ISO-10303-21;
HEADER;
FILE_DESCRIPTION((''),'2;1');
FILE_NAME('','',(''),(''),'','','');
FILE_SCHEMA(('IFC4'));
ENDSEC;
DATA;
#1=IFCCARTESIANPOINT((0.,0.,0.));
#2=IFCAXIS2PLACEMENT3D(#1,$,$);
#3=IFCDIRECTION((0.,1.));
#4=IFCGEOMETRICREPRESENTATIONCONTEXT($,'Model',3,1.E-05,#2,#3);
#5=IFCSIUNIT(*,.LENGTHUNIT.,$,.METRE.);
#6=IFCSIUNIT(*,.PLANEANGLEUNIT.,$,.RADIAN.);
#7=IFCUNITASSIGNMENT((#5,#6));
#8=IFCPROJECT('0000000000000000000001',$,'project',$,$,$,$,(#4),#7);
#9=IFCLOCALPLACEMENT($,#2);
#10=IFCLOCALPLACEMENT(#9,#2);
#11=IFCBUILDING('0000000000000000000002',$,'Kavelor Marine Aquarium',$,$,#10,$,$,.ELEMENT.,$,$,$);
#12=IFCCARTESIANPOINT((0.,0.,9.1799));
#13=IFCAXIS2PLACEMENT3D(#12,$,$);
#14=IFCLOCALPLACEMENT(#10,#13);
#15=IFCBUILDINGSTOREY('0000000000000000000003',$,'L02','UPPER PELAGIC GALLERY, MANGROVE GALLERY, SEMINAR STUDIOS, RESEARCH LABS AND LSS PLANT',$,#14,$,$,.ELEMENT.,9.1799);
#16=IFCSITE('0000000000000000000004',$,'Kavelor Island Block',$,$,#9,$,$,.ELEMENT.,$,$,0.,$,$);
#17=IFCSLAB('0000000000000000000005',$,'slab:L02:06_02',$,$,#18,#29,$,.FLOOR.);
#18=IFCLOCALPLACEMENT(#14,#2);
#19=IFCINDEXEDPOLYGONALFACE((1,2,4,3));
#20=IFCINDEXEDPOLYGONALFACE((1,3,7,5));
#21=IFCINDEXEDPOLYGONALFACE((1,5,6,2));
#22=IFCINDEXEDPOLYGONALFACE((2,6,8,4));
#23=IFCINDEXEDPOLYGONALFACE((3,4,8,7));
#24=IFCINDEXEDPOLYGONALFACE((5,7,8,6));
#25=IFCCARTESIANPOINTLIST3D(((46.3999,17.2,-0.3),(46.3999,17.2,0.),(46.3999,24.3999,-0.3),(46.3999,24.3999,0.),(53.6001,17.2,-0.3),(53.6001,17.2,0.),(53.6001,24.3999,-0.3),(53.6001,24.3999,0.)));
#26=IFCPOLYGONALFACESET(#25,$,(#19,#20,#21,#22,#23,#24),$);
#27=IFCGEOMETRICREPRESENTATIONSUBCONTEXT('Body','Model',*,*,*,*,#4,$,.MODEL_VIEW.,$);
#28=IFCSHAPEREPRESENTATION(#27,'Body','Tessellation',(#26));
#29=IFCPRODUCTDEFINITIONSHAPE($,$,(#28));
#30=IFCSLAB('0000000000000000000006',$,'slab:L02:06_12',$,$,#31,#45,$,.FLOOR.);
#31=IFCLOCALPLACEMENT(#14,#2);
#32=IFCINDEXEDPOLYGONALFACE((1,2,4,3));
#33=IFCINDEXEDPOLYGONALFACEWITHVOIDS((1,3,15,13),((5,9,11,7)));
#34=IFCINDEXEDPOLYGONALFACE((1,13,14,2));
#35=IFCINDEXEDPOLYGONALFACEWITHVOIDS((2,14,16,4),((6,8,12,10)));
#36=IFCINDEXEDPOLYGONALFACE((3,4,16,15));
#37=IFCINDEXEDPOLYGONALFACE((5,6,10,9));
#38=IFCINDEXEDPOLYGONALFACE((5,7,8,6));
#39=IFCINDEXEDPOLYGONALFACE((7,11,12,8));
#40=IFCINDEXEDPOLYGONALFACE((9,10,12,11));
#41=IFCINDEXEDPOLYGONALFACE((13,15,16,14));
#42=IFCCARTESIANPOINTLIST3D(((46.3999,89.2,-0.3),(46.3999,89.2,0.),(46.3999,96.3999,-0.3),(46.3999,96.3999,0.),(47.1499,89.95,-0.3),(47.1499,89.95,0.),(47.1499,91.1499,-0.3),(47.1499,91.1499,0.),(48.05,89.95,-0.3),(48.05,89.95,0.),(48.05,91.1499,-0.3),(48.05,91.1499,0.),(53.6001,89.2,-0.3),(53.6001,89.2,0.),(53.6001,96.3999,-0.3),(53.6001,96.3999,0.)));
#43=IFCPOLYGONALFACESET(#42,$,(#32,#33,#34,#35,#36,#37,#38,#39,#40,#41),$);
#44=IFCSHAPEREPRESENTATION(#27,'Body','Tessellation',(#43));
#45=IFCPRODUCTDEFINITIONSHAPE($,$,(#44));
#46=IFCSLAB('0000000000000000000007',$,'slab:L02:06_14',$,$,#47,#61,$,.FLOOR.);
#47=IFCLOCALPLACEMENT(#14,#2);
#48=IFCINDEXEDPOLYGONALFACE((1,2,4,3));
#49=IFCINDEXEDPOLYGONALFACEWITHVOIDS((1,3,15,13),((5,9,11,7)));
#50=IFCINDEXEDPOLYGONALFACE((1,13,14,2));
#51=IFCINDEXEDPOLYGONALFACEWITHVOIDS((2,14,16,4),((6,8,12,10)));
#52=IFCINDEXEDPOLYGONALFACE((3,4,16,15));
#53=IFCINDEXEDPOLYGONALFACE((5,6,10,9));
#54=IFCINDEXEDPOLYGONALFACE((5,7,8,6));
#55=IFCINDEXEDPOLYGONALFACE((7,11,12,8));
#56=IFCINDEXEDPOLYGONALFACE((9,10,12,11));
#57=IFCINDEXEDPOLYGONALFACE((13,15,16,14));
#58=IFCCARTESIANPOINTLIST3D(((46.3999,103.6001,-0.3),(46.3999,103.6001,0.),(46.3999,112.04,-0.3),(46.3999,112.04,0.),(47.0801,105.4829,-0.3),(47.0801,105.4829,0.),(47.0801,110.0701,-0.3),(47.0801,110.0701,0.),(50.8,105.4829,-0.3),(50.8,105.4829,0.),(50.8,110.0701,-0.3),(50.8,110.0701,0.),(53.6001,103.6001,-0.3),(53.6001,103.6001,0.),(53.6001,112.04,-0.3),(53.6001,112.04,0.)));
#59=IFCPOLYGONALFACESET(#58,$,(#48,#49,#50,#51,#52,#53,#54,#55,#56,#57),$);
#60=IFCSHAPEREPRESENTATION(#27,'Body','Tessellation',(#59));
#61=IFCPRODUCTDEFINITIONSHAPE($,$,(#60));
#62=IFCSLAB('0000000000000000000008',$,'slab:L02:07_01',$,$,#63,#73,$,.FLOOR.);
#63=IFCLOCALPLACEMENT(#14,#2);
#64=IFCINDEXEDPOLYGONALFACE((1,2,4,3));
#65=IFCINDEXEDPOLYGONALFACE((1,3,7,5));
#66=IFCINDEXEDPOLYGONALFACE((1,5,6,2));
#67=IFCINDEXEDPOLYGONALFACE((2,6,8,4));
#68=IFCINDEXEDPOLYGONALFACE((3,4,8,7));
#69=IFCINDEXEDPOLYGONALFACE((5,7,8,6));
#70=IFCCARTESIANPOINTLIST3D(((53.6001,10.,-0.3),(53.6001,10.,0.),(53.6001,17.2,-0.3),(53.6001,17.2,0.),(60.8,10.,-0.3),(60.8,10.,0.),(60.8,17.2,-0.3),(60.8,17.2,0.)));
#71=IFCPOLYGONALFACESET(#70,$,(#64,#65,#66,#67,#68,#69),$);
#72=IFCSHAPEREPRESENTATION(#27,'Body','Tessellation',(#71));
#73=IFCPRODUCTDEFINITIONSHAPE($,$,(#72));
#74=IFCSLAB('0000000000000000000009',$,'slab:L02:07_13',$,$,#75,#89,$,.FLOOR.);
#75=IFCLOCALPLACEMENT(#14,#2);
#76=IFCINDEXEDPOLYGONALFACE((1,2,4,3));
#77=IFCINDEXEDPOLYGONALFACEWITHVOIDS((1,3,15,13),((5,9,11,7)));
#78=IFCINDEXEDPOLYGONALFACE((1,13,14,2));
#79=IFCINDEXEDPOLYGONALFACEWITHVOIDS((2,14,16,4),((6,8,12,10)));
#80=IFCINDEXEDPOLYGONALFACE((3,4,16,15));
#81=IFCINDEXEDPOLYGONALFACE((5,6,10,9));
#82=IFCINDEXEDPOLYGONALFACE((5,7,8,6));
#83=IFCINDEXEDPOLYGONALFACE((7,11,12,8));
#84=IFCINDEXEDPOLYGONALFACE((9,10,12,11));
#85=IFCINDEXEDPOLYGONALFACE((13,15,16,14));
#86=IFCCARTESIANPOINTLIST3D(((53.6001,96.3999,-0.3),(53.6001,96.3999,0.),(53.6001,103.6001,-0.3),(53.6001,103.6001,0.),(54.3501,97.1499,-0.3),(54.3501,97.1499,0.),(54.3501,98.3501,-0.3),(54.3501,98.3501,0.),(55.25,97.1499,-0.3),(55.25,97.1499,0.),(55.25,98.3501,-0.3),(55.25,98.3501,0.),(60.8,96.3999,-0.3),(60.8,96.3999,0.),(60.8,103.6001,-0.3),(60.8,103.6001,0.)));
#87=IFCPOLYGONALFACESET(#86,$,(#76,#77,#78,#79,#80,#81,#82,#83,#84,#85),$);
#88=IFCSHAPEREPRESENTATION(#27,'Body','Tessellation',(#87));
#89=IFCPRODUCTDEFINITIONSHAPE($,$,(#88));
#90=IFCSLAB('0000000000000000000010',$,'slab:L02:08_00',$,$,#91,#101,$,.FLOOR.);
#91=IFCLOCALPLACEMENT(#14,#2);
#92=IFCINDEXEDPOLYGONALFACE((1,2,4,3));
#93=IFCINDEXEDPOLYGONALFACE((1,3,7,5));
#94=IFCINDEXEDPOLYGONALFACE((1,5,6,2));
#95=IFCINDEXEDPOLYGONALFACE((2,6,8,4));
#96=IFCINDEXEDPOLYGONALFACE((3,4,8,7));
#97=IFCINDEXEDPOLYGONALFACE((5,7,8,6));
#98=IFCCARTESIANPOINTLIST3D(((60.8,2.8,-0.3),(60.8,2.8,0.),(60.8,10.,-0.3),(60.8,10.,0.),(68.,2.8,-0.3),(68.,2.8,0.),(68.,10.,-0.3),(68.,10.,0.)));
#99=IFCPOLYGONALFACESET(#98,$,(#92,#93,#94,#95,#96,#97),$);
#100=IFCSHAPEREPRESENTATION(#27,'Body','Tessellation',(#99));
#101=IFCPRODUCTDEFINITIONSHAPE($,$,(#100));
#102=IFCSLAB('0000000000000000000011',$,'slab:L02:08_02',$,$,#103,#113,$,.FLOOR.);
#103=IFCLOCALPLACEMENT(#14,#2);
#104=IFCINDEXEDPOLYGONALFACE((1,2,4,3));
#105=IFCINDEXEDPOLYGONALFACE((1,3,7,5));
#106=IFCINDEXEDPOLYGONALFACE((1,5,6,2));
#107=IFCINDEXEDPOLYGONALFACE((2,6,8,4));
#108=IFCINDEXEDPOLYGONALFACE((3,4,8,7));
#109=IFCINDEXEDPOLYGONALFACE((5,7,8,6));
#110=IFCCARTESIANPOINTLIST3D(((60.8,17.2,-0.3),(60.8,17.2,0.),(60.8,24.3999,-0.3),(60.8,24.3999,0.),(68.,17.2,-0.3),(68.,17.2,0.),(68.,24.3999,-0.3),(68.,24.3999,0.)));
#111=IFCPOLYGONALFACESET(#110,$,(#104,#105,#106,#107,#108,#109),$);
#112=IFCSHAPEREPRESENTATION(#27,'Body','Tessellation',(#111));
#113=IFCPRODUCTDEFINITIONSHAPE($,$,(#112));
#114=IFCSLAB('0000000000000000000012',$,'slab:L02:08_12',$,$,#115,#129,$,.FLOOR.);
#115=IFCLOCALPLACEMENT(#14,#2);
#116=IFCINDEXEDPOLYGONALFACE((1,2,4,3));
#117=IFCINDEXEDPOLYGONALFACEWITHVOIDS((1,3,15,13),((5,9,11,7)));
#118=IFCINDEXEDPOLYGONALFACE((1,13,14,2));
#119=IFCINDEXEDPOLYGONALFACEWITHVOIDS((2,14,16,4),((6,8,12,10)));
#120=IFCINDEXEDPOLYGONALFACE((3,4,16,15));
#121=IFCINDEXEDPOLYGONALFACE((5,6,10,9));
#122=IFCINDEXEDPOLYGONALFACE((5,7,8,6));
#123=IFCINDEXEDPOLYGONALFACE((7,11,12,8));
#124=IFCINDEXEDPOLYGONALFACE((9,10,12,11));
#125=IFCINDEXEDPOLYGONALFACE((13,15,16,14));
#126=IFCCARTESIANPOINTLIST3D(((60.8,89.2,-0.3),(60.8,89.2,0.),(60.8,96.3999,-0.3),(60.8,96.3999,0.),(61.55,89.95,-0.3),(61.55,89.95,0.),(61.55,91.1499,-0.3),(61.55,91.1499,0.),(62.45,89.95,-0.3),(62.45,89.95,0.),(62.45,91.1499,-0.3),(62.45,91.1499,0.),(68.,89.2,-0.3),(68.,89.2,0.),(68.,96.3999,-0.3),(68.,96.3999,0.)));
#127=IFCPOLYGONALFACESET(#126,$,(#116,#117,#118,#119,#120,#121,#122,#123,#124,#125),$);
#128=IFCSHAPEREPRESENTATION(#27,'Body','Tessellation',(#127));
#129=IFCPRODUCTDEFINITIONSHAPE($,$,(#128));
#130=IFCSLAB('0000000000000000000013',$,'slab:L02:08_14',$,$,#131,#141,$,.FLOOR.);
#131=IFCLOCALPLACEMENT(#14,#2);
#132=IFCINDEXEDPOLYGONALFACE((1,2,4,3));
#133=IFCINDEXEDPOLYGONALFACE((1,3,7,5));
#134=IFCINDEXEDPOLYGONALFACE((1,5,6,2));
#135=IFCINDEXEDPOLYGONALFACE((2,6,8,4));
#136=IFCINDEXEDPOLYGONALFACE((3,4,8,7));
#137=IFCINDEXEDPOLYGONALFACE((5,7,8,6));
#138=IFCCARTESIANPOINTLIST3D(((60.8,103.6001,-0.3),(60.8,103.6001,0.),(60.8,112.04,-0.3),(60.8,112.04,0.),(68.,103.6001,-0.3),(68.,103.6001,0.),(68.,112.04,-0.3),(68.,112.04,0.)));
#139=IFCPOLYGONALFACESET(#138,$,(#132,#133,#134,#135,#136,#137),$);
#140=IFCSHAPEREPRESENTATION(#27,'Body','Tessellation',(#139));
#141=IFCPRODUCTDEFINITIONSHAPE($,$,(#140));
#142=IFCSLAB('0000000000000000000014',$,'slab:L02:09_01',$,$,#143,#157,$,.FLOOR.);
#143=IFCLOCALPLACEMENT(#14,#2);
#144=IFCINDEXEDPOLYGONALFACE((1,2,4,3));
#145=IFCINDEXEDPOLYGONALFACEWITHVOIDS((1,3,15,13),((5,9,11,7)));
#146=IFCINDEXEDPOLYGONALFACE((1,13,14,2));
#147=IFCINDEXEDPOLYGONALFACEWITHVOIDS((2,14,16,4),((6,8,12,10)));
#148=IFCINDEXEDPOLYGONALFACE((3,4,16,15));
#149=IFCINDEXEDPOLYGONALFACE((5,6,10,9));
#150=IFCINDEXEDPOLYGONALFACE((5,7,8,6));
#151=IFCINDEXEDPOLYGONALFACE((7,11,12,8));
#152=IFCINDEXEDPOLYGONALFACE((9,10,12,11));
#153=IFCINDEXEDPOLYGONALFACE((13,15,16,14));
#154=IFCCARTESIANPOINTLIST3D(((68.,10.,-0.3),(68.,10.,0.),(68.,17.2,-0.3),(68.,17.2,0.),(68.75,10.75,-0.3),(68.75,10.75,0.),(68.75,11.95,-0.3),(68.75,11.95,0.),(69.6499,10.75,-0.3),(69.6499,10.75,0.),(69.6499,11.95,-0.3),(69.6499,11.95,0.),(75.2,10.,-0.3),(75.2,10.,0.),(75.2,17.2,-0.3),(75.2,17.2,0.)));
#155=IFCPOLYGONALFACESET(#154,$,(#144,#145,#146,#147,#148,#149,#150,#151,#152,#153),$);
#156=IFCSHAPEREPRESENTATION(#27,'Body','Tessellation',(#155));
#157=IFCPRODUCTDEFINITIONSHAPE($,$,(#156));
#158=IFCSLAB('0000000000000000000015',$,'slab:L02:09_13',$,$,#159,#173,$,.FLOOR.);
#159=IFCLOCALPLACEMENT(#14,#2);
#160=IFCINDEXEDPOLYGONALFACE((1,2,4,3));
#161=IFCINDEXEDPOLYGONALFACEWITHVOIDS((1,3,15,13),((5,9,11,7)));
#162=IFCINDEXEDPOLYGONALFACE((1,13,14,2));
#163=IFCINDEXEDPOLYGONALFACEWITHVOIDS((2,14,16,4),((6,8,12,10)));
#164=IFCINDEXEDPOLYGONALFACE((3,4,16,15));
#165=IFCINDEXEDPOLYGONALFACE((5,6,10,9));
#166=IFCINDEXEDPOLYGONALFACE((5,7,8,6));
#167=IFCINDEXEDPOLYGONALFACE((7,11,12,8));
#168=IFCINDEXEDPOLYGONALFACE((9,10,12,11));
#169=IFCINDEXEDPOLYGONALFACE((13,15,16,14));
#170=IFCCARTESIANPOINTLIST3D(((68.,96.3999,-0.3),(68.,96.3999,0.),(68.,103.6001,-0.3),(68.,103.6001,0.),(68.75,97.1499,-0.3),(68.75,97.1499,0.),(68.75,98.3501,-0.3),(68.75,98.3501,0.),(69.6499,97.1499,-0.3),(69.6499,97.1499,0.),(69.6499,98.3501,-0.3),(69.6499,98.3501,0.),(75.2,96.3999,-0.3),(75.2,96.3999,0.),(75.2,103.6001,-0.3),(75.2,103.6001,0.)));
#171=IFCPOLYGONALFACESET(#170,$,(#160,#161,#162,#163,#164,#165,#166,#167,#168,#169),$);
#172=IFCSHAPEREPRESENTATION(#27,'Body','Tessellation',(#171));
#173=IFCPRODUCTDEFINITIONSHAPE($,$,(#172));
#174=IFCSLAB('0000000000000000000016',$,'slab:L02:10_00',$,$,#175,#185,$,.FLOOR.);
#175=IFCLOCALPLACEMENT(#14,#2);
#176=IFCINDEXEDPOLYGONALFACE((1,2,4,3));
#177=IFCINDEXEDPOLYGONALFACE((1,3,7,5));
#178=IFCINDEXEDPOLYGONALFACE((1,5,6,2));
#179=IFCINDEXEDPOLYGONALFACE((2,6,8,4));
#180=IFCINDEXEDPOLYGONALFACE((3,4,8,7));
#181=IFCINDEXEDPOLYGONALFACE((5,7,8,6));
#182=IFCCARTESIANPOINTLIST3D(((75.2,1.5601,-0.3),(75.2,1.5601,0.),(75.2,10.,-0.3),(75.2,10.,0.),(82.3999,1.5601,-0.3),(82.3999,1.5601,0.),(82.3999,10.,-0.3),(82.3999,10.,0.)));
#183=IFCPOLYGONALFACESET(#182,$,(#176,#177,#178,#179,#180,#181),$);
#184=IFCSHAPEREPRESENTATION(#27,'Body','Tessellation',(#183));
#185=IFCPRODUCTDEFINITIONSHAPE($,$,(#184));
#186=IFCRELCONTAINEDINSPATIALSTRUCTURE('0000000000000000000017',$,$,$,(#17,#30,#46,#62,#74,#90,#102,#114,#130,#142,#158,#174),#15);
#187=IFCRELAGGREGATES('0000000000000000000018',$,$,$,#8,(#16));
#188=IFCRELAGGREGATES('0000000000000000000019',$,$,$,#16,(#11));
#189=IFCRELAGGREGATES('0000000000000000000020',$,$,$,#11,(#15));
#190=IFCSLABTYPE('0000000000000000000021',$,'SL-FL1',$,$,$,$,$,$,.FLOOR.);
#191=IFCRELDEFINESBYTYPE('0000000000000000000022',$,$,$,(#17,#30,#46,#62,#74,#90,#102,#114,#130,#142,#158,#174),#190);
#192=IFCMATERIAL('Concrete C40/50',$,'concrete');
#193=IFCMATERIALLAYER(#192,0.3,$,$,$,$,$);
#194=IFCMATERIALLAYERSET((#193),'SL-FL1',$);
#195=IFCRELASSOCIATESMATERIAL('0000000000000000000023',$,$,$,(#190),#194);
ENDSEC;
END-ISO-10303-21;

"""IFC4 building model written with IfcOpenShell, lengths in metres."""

from ifc_helpers import new_model, si_unit, direction, frame, origin, place, context, subcontext, project, spatial, polyline, outline, extrude, material, layer, layer_set, type_object, element, save


model = new_model("IFC4")

# Units and contexts
model_context = context("Model", 3, precision=1e-05, world=origin(), true_north=direction((0.0, 1.0)))
body_context = subcontext(model_context, "Body", "Model", "MODEL_VIEW")
ifc_project = project(units=[si_unit("LENGTHUNIT", "METRE"), si_unit("PLANEANGLEUNIT", "RADIAN")], contexts=[model_context])

# Site, building, storey
site_placement = place(None, origin())
site = spatial("IfcSite", under=ifc_project, at=site_placement, Name="Kavelor Island Block", CompositionType="ELEMENT", RefElevation=0.0)
building_placement = place(site_placement, origin())
building = spatial("IfcBuilding", under=site, at=building_placement, Name="Kavelor Marine Aquarium", CompositionType="ELEMENT")
storey_placement = place(building_placement, frame((0.0, 0.0, 9.1799)))
storey = spatial("IfcBuildingStorey", under=building, at=storey_placement, Name="L02", Description="UPPER PELAGIC GALLERY, MANGROVE GALLERY, SEMINAR STUDIOS, RESEARCH LABS AND LSS PLANT", CompositionType="ELEMENT", Elevation=9.1799)

# Slabs
ifc_material = material(Name="Concrete C40/50", Category="concrete")
ifc_layer = layer(ifc_material, 0.3)
ifc_layer_set = layer_set([ifc_layer], Name="SL-FL1")
slab_type = type_object("IfcSlabType", Name="SL-FL1", PredefinedType="FLOOR", material=ifc_layer_set)
slab_1_placement = place(storey_placement, frame((0.0, 0.0, -0.3)))
element("IfcSlab", 1, at=slab_1_placement, inside=storey, type_object=slab_type, Name="slab:L02:06_02", PredefinedType="FLOOR", context=body_context, shape_type="SweptSolid", body=[
    extrude(outline(polyline([(46.3999, 17.2), (53.6001, 17.2), (53.6001, 24.3999), (46.3999, 24.3999), (46.3999, 17.2)])), origin(), (0.0, 0.0, 1.0), 0.3),
])
slab_2_placement = place(storey_placement, frame((0.0, 0.0, -0.3)))
element("IfcSlab", 2, at=slab_2_placement, inside=storey, type_object=slab_type, Name="slab:L02:06_12", PredefinedType="FLOOR", context=body_context, shape_type="SweptSolid", body=[
    extrude(outline(polyline([(46.3999, 89.2), (53.6001, 89.2), (53.6001, 96.3999), (46.3999, 96.3999), (46.3999, 89.2)]), holes=[polyline([(47.1499, 89.95), (48.05, 89.95), (48.05, 91.1499), (47.1499, 91.1499), (47.1499, 89.95)])]), origin(), (0.0, 0.0, 1.0), 0.3),
])
slab_3_placement = place(storey_placement, frame((0.0, 0.0, -0.3)))
element("IfcSlab", 3, at=slab_3_placement, inside=storey, type_object=slab_type, Name="slab:L02:06_14", PredefinedType="FLOOR", context=body_context, shape_type="SweptSolid", body=[
    extrude(outline(polyline([(46.3999, 103.6001), (53.6001, 103.6001), (53.6001, 112.04), (46.3999, 112.04), (46.3999, 103.6001)]), holes=[polyline([(47.0801, 105.4829), (50.8, 105.4829), (50.8, 110.0701), (47.0801, 110.0701), (47.0801, 105.4829)])]), origin(), (0.0, 0.0, 1.0), 0.3),
])
slab_4_placement = place(storey_placement, frame((0.0, 0.0, -0.3)))
element("IfcSlab", 4, at=slab_4_placement, inside=storey, type_object=slab_type, Name="slab:L02:07_01", PredefinedType="FLOOR", context=body_context, shape_type="SweptSolid", body=[
    extrude(outline(polyline([(53.6001, 10.0), (60.8, 10.0), (60.8, 17.2), (53.6001, 17.2), (53.6001, 10.0)])), origin(), (0.0, 0.0, 1.0), 0.3),
])
slab_5_placement = place(storey_placement, frame((0.0, 0.0, -0.3)))
element("IfcSlab", 5, at=slab_5_placement, inside=storey, type_object=slab_type, Name="slab:L02:07_13", PredefinedType="FLOOR", context=body_context, shape_type="SweptSolid", body=[
    extrude(outline(polyline([(53.6001, 96.3999), (60.8, 96.3999), (60.8, 103.6001), (53.6001, 103.6001), (53.6001, 96.3999)]), holes=[polyline([(54.3501, 97.1499), (55.25, 97.1499), (55.25, 98.3501), (54.3501, 98.3501), (54.3501, 97.1499)])]), origin(), (0.0, 0.0, 1.0), 0.3),
])
slab_6_placement = place(storey_placement, frame((0.0, 0.0, -0.3)))
element("IfcSlab", 6, at=slab_6_placement, inside=storey, type_object=slab_type, Name="slab:L02:08_00", PredefinedType="FLOOR", context=body_context, shape_type="SweptSolid", body=[
    extrude(outline(polyline([(60.8, 2.8), (68.0, 2.8), (68.0, 10.0), (60.8, 10.0), (60.8, 2.8)])), origin(), (0.0, 0.0, 1.0), 0.3),
])
slab_7_placement = place(storey_placement, frame((0.0, 0.0, -0.3)))
element("IfcSlab", 7, at=slab_7_placement, inside=storey, type_object=slab_type, Name="slab:L02:08_02", PredefinedType="FLOOR", context=body_context, shape_type="SweptSolid", body=[
    extrude(outline(polyline([(60.8, 17.2), (68.0, 17.2), (68.0, 24.3999), (60.8, 24.3999), (60.8, 17.2)])), origin(), (0.0, 0.0, 1.0), 0.3),
])
slab_8_placement = place(storey_placement, frame((0.0, 0.0, -0.3)))
element("IfcSlab", 8, at=slab_8_placement, inside=storey, type_object=slab_type, Name="slab:L02:08_12", PredefinedType="FLOOR", context=body_context, shape_type="SweptSolid", body=[
    extrude(outline(polyline([(60.8, 89.2), (68.0, 89.2), (68.0, 96.3999), (60.8, 96.3999), (60.8, 89.2)]), holes=[polyline([(61.55, 89.95), (62.45, 89.95), (62.45, 91.1499), (61.55, 91.1499), (61.55, 89.95)])]), origin(), (0.0, 0.0, 1.0), 0.3),
])
slab_9_placement = place(storey_placement, frame((0.0, 0.0, -0.3)))
element("IfcSlab", 9, at=slab_9_placement, inside=storey, type_object=slab_type, Name="slab:L02:08_14", PredefinedType="FLOOR", context=body_context, shape_type="SweptSolid", body=[
    extrude(outline(polyline([(60.8, 103.6001), (68.0, 103.6001), (68.0, 112.04), (60.8, 112.04), (60.8, 103.6001)])), origin(), (0.0, 0.0, 1.0), 0.3),
])
slab_10_placement = place(storey_placement, frame((0.0, 0.0, -0.3)))
element("IfcSlab", 10, at=slab_10_placement, inside=storey, type_object=slab_type, Name="slab:L02:09_01", PredefinedType="FLOOR", context=body_context, shape_type="SweptSolid", body=[
    extrude(outline(polyline([(68.0, 10.0), (75.2, 10.0), (75.2, 17.2), (68.0, 17.2), (68.0, 10.0)]), holes=[polyline([(68.75, 10.75), (69.6499, 10.75), (69.6499, 11.95), (68.75, 11.95), (68.75, 10.75)])]), origin(), (0.0, 0.0, 1.0), 0.3),
])
slab_11_placement = place(storey_placement, frame((0.0, 0.0, -0.3)))
element("IfcSlab", 11, at=slab_11_placement, inside=storey, type_object=slab_type, Name="slab:L02:09_13", PredefinedType="FLOOR", context=body_context, shape_type="SweptSolid", body=[
    extrude(outline(polyline([(68.0, 96.3999), (75.2, 96.3999), (75.2, 103.6001), (68.0, 103.6001), (68.0, 96.3999)]), holes=[polyline([(68.75, 97.1499), (69.6499, 97.1499), (69.6499, 98.3501), (68.75, 98.3501), (68.75, 97.1499)])]), origin(), (0.0, 0.0, 1.0), 0.3),
])
slab_12_placement = place(storey_placement, frame((0.0, 0.0, -0.3)))
element("IfcSlab", 12, at=slab_12_placement, inside=storey, type_object=slab_type, Name="slab:L02:10_00", PredefinedType="FLOOR", context=body_context, shape_type="SweptSolid", body=[
    extrude(outline(polyline([(75.2, 1.5601), (82.3999, 1.5601), (82.3999, 10.0), (75.2, 10.0), (75.2, 1.5601)])), origin(), (0.0, 0.0, 1.0), 0.3),
])

save(model, "model.ifc")
